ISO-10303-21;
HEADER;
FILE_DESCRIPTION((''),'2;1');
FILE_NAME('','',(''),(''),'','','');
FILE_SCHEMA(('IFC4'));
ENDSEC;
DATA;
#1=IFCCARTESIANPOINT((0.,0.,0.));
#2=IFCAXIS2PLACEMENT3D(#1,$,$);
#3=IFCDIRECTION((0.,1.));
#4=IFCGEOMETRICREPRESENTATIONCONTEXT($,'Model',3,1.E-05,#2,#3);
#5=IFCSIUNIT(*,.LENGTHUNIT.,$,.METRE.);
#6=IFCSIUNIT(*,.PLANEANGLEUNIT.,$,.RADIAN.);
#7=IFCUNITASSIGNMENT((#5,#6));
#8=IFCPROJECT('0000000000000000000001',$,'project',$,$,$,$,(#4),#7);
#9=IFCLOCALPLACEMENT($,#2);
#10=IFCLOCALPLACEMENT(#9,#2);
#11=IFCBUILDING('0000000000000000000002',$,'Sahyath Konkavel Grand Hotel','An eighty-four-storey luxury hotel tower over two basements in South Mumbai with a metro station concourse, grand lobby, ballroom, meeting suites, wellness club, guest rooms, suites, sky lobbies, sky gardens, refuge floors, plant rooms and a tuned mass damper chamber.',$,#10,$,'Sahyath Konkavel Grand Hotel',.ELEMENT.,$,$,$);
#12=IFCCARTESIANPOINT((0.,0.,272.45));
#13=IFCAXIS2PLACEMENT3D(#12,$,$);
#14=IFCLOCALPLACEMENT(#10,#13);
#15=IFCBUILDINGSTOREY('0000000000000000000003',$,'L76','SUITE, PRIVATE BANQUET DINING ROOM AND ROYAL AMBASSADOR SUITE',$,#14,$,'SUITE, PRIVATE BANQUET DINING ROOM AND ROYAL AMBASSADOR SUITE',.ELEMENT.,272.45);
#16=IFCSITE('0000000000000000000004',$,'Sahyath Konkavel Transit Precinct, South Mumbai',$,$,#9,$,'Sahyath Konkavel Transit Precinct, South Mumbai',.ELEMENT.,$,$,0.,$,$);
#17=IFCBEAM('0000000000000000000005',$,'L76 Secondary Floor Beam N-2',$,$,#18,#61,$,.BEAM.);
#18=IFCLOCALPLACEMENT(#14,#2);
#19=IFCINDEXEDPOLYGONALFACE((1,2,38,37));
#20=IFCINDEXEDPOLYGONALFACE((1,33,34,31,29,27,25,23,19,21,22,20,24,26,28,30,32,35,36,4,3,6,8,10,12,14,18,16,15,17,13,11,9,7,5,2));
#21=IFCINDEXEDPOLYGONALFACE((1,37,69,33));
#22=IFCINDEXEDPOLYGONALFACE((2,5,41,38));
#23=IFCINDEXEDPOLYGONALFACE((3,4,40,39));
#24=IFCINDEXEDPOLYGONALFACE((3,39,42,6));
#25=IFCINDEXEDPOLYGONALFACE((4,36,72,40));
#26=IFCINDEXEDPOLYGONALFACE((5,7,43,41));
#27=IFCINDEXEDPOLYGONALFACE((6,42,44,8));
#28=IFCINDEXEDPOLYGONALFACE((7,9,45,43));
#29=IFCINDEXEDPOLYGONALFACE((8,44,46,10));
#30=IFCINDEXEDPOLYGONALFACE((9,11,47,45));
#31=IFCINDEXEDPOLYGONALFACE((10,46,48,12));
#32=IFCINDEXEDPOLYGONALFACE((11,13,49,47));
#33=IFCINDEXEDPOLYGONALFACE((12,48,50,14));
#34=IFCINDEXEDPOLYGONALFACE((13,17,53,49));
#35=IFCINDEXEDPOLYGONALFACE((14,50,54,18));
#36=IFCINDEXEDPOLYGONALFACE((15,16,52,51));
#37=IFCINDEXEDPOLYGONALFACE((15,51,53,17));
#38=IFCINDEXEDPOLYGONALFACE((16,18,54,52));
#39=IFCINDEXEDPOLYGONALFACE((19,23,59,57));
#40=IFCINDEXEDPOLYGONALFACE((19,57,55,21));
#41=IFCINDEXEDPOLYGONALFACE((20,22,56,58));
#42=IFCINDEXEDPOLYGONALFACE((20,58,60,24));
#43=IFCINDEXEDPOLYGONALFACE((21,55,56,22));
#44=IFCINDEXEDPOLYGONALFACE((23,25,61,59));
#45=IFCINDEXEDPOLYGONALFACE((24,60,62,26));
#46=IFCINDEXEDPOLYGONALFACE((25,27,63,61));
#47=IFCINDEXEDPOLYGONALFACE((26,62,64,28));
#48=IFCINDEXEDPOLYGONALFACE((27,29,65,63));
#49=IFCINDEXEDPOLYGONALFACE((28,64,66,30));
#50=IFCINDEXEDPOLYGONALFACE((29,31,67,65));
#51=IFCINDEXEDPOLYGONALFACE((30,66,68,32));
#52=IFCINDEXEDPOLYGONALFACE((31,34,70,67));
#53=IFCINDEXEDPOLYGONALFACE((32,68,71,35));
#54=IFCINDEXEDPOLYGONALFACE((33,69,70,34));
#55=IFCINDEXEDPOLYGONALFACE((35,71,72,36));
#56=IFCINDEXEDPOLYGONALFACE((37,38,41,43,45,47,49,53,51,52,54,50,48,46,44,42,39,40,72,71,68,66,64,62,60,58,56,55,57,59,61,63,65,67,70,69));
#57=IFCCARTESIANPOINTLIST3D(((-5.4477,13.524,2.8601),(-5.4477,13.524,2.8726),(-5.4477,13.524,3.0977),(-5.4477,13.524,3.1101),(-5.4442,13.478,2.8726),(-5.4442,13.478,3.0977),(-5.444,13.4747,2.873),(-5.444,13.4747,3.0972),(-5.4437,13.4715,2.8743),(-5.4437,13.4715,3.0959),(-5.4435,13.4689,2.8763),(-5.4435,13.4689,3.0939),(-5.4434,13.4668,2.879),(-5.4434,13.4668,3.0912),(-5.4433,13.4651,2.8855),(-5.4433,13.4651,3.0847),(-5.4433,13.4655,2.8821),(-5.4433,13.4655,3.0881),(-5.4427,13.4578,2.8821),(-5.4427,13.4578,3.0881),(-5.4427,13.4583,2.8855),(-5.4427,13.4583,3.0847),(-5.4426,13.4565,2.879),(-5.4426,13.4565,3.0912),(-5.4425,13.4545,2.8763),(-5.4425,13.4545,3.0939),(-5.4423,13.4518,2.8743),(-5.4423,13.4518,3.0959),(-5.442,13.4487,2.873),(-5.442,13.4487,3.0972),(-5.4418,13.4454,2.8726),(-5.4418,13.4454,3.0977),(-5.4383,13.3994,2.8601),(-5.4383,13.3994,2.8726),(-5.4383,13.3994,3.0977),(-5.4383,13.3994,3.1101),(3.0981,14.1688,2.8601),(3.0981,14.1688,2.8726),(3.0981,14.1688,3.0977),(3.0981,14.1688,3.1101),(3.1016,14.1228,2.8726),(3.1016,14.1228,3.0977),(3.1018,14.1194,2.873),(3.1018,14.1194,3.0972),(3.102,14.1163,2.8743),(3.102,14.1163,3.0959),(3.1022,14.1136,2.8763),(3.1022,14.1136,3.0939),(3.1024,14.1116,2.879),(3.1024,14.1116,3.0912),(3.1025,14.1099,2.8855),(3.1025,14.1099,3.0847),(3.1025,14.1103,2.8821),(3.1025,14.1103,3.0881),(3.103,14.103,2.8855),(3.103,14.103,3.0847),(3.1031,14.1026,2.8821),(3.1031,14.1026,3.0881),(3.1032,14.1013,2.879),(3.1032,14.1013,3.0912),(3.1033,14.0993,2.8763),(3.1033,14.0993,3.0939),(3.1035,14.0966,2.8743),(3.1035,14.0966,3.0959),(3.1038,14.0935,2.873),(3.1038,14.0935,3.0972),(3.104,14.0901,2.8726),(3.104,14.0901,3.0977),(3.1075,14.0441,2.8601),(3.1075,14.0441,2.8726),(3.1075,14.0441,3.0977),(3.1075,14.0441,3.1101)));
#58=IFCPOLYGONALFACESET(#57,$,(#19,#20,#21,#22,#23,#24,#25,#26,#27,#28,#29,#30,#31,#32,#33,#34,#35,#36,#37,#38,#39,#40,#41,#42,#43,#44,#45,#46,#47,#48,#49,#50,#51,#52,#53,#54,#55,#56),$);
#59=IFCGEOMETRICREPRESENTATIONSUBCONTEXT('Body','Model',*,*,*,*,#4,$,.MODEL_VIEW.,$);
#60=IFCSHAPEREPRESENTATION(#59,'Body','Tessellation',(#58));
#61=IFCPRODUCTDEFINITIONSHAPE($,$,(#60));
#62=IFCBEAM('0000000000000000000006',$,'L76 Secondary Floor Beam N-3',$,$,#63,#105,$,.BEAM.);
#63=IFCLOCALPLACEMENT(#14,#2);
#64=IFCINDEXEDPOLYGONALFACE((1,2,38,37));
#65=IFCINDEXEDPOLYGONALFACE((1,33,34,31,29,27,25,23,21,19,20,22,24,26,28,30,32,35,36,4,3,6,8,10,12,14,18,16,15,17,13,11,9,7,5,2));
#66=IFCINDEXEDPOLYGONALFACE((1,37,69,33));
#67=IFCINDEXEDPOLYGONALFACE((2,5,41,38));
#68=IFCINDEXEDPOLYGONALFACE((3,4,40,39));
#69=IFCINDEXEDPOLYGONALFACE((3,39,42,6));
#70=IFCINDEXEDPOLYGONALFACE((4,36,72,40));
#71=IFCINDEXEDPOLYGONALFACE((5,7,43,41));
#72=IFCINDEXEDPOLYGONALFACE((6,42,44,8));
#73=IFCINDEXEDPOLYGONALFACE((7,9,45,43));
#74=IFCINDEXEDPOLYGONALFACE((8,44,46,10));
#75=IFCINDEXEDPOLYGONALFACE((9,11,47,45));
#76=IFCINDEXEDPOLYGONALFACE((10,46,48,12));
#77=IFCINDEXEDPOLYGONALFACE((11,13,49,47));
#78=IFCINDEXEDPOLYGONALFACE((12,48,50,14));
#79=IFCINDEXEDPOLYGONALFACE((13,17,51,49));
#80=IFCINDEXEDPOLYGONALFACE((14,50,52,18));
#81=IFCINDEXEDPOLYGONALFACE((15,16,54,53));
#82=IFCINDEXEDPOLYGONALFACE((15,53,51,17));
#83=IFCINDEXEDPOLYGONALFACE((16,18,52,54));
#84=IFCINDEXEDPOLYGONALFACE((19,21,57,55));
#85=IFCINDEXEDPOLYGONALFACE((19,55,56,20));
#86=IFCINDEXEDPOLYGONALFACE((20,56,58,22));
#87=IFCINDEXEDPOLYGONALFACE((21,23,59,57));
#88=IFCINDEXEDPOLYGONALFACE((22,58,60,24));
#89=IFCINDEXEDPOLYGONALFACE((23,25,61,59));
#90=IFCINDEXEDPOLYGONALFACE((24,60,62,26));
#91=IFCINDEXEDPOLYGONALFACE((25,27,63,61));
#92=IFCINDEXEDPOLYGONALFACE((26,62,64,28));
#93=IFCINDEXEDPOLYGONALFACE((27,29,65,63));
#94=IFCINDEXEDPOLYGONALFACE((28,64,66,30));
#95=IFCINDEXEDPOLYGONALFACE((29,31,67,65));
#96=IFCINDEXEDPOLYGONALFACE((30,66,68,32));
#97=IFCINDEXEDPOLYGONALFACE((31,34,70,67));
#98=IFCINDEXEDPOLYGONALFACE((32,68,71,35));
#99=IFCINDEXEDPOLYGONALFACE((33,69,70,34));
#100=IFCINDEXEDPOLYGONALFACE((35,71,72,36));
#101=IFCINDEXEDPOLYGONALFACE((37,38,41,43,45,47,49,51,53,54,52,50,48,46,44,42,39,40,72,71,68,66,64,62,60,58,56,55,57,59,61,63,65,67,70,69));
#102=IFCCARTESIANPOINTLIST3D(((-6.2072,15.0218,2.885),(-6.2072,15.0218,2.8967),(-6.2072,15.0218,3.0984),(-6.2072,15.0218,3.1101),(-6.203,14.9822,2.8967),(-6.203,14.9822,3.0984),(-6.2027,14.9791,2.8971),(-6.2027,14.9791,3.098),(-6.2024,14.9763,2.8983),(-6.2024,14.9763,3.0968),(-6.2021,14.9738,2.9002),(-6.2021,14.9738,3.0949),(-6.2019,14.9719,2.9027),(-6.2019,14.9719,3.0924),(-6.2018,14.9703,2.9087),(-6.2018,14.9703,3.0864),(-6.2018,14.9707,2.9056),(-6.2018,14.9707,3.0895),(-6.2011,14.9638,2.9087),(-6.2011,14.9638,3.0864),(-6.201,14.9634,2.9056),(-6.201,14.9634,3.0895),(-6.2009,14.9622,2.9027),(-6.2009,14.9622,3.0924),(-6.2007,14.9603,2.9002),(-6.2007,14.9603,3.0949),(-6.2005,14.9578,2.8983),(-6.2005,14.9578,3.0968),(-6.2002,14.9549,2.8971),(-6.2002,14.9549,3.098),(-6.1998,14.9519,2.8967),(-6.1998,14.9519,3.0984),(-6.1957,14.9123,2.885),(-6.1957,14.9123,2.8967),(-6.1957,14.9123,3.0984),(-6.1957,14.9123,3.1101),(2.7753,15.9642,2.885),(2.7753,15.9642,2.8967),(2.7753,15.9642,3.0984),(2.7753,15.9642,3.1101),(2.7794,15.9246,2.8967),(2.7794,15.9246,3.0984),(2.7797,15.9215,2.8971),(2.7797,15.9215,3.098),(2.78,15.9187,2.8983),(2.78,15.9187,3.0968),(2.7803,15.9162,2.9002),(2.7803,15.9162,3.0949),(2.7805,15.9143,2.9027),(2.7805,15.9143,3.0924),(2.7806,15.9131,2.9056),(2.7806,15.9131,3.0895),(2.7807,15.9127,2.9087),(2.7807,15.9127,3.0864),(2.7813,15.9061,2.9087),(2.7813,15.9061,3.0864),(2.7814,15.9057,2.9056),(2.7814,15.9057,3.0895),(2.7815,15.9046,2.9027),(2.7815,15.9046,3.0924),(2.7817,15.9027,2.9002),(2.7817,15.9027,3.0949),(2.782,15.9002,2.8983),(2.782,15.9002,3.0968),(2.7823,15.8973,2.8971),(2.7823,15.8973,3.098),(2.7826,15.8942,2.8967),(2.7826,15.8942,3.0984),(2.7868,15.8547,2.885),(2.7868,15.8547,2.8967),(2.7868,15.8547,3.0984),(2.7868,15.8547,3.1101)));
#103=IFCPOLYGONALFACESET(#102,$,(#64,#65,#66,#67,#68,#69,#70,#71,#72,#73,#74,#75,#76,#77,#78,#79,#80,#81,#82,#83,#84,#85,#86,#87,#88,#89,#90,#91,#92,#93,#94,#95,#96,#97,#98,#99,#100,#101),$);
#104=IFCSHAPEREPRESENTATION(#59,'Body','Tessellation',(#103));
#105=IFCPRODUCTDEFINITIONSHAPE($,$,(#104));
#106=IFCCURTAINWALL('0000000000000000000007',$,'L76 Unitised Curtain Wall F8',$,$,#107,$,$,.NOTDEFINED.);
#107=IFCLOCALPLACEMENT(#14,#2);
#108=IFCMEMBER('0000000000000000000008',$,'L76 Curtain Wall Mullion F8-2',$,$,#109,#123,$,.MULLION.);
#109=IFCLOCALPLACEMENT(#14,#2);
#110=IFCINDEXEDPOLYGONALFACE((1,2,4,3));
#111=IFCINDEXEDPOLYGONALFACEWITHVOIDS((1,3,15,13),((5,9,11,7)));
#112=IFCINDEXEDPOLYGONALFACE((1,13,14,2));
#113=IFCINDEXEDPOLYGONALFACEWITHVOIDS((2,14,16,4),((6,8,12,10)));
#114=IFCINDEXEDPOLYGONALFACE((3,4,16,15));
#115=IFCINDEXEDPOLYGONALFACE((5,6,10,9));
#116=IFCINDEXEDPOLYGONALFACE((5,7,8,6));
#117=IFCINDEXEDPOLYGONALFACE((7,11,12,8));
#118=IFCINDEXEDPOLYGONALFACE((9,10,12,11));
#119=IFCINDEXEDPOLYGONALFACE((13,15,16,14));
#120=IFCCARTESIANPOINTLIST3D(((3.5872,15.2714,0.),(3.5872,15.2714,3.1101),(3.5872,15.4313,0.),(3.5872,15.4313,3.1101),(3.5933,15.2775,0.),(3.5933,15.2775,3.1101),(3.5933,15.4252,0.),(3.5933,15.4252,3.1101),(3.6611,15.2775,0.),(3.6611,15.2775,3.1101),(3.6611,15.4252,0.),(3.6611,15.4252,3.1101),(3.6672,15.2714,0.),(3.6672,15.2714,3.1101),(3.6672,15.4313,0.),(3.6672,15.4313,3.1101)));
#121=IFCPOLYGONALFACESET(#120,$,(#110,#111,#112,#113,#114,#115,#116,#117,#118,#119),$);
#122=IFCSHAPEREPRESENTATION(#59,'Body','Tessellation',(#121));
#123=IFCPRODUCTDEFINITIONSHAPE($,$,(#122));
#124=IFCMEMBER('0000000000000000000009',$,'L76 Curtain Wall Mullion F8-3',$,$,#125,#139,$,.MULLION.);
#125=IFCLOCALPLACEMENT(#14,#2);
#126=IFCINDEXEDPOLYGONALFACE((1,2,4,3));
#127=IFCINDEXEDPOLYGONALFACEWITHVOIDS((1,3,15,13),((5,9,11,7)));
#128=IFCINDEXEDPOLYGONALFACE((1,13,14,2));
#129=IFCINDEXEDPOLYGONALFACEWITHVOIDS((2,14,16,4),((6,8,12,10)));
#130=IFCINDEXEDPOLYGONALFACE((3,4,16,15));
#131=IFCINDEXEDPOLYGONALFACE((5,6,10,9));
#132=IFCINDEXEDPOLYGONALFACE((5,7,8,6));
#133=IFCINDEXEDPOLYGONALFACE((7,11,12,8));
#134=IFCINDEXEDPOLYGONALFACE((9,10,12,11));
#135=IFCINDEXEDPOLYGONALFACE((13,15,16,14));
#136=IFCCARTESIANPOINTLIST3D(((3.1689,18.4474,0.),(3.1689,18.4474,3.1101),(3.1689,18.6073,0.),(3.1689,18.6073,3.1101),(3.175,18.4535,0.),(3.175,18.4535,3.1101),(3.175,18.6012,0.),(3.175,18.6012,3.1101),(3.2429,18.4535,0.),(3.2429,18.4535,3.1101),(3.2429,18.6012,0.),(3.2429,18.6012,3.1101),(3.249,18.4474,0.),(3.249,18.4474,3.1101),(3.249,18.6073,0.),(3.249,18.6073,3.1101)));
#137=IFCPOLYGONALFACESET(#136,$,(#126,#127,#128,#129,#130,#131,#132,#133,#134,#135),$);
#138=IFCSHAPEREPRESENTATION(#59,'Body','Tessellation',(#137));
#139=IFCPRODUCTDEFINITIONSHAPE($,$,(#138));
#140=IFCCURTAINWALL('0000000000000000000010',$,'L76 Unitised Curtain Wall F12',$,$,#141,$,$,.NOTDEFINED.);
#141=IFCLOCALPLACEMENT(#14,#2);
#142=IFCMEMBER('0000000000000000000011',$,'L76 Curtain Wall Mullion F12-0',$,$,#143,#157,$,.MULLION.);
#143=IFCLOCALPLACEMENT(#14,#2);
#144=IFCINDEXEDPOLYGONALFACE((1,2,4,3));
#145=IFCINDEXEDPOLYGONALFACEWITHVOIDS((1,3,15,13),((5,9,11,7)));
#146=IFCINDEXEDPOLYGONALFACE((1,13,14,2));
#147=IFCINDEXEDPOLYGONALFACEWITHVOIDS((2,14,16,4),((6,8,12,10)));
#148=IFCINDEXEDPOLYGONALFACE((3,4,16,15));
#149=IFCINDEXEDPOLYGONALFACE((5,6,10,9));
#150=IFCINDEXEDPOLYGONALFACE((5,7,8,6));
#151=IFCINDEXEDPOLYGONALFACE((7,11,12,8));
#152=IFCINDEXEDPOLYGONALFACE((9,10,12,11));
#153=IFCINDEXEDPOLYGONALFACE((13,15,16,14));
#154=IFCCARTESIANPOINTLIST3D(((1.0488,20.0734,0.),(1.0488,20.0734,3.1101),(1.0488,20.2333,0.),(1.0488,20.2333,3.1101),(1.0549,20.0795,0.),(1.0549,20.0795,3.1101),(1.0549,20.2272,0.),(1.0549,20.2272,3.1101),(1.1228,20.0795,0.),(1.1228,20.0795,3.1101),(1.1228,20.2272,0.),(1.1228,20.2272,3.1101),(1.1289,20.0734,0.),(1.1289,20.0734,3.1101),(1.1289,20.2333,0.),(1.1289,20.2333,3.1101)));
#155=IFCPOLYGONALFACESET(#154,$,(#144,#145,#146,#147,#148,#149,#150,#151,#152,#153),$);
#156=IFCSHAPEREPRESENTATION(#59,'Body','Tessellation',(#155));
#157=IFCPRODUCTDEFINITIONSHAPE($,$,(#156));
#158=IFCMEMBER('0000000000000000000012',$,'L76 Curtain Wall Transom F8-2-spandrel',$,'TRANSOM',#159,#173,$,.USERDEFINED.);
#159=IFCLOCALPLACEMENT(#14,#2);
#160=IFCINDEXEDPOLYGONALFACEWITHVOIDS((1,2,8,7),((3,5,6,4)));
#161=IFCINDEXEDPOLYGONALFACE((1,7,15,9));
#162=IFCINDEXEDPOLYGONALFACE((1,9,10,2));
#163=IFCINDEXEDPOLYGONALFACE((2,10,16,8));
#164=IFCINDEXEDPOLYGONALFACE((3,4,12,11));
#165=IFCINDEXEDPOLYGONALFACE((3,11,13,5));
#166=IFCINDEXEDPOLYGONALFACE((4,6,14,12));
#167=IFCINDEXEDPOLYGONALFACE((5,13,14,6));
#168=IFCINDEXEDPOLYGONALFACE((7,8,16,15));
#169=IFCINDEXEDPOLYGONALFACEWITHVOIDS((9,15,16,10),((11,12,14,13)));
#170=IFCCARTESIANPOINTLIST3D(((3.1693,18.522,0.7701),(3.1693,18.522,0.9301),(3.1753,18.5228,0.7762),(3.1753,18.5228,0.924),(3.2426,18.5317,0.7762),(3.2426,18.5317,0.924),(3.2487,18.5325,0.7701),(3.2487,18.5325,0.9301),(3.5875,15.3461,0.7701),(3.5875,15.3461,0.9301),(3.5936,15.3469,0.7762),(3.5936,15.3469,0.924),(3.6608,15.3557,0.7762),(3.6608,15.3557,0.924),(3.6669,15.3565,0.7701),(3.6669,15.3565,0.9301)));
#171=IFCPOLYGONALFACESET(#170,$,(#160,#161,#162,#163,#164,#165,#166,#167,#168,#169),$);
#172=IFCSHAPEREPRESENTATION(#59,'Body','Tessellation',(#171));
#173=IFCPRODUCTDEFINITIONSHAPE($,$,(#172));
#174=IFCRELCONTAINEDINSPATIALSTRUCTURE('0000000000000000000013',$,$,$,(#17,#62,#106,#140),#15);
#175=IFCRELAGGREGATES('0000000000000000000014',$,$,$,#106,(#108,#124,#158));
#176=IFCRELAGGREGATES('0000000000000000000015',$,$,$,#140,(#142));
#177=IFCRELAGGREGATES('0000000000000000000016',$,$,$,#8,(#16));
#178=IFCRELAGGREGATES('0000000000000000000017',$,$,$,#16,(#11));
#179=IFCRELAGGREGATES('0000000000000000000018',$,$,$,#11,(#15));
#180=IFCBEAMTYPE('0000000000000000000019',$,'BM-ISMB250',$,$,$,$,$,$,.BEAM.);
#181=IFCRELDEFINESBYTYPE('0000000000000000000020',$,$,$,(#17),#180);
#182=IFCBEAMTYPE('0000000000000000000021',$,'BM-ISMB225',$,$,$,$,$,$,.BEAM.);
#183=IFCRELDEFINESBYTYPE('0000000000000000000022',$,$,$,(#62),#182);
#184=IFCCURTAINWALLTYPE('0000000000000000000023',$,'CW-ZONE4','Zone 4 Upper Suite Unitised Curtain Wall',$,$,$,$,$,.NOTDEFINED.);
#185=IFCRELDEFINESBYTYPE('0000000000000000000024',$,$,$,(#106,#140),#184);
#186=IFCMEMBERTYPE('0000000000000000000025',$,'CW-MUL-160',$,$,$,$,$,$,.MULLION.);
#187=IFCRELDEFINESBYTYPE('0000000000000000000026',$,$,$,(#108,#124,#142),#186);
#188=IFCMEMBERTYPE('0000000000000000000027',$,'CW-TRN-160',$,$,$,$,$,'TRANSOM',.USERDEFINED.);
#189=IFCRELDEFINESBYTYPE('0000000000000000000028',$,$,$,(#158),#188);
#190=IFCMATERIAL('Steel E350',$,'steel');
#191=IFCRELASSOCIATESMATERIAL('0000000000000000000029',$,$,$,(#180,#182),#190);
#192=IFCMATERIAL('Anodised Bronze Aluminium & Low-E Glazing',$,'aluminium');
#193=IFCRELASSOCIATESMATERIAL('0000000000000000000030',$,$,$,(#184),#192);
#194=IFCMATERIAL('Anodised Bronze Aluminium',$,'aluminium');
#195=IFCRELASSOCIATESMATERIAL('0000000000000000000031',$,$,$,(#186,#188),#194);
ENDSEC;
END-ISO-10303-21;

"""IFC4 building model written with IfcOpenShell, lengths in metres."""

from ifc_helpers import new_model, si_unit, direction, frame, origin, origin_2d, place, context, subcontext, project, spatial, hollow_rectangle, i_section, extrude, source, transform, mapped, material, material_profile, profile_set, type_object, element, aggregate, save


model = new_model("IFC4")

# Units and contexts
model_context = context("Model", 3, precision=1e-05, world=origin(), true_north=direction((0.0, 1.0)))
body_context = subcontext(model_context, "Body", "Model", "MODEL_VIEW")
ifc_project = project(units=[si_unit("LENGTHUNIT", "METRE"), si_unit("PLANEANGLEUNIT", "RADIAN")], contexts=[model_context])

# Site, building, storey
site_placement = place(None, origin())
site = spatial("IfcSite", under=ifc_project, at=site_placement, Name="Sahyath Konkavel Transit Precinct, South Mumbai", LongName="Sahyath Konkavel Transit Precinct, South Mumbai", CompositionType="ELEMENT", RefElevation=0.0)
building_placement = place(site_placement, origin())
building = spatial("IfcBuilding", under=site, at=building_placement, Name="Sahyath Konkavel Grand Hotel", Description="An eighty-four-storey luxury hotel tower over two basements in South Mumbai with a metro station concourse, grand lobby, ballroom, meeting suites, wellness club, guest rooms, suites, sky lobbies, sky gardens, refuge floors, plant rooms and a tuned mass damper chamber.", LongName="Sahyath Konkavel Grand Hotel", CompositionType="ELEMENT")
storey_placement = place(building_placement, frame((0.0, 0.0, 272.45)))
storey = spatial("IfcBuildingStorey", under=building, at=storey_placement, Name="L76", Description="SUITE, PRIVATE BANQUET DINING ROOM AND ROYAL AMBASSADOR SUITE", LongName="SUITE, PRIVATE BANQUET DINING ROOM AND ROYAL AMBASSADOR SUITE", CompositionType="ELEMENT", Elevation=272.45)

# Beams
ifc_material_1 = material(Name="Steel E350", Category="steel")
ifc_material_profile_1 = material_profile(ifc_material_1, i_section(OverallWidth=0.125, OverallDepth=0.25, WebThickness=0.0068, FlangeThickness=0.0125, FilletRadius=0.0129, at=origin_2d()), Name="ISMB 250")
ifc_profile_set_1 = profile_set([ifc_material_profile_1], Name="Steel E350")
beam_type_1 = type_object("IfcBeamType", Name="BM-ISMB250", PredefinedType="BEAM", material=ifc_profile_set_1)
shared_shape_1 = source(origin(), body_context, "Body", "SweptSolid", [
    extrude(i_section(OverallWidth=0.125, OverallDepth=0.25, WebThickness=0.0068, FlangeThickness=0.0125, FilletRadius=0.0129, at=origin_2d()), origin(), (0.0, 0.0, 1.0), 8.5701),
])
beam_1_placement = place(storey_placement, frame((3.1028, 14.1064, 2.9851), z_axis=(-0.997166, -0.075235, 0.0), x_axis=(0.075235, -0.997166, 0.0)))
element("IfcBeam", 1, at=beam_1_placement, inside=storey, type_object=beam_type_1, Name="L76 Secondary Floor Beam N-2", PredefinedType="BEAM", context=body_context, shape_type="MappedRepresentation", body=[
    mapped(shared_shape_1, transform((0.0, 0.0, 0.0), scale=1.0)),
])
ifc_material_profile_2 = material_profile(ifc_material_1, i_section(OverallWidth=0.1101, OverallDepth=0.2251, WebThickness=0.0066, FlangeThickness=0.0117, FilletRadius=0.012, at=origin_2d()), Name="ISMB 225")
ifc_profile_set_2 = profile_set([ifc_material_profile_2], Name="Steel E350")
beam_type_2 = type_object("IfcBeamType", Name="BM-ISMB225", PredefinedType="BEAM", material=ifc_profile_set_2)
shared_shape_2 = source(origin(), body_context, "Body", "SweptSolid", [
    extrude(i_section(OverallWidth=0.1101, OverallDepth=0.2251, WebThickness=0.0066, FlangeThickness=0.0117, FilletRadius=0.012, at=origin_2d()), origin(), (0.0, 0.0, 1.0), 9.0317),
])
beam_2_placement = place(storey_placement, frame((2.781, 15.9094, 2.9976), z_axis=(-0.994542, -0.104341, 0.0), x_axis=(0.104341, -0.994542, 0.0)))
element("IfcBeam", 2, at=beam_2_placement, inside=storey, type_object=beam_type_2, Name="L76 Secondary Floor Beam N-3", PredefinedType="BEAM", context=body_context, shape_type="MappedRepresentation", body=[
    mapped(shared_shape_2, transform((0.0, 0.0, 0.0), scale=1.0)),
])

# Curtain wall, members
ifc_material_2 = material(Name="Anodised Bronze Aluminium & Low-E Glazing", Category="aluminium")
curtain_wall_type = type_object("IfcCurtainWallType", Name="CW-ZONE4", Description="Zone 4 Upper Suite Unitised Curtain Wall", PredefinedType="NOTDEFINED", material=ifc_material_2)
curtain_wall_1_placement = place(storey_placement, origin())
curtain_wall_1 = element("IfcCurtainWall", 3, at=curtain_wall_1_placement, inside=storey, type_object=curtain_wall_type, Name="L76 Unitised Curtain Wall F8", PredefinedType="NOTDEFINED")
ifc_material_3 = material(Name="Anodised Bronze Aluminium", Category="aluminium")
ifc_material_profile_3 = material_profile(ifc_material_3, hollow_rectangle(XDim=0.0801, YDim=0.1599, WallThickness=0.0061, at=origin_2d()), Name="RHS 160x80x6")
ifc_profile_set_3 = profile_set([ifc_material_profile_3], Name="Anodised Bronze Aluminium")
member_type_1 = type_object("IfcMemberType", Name="CW-MUL-160", PredefinedType="MULLION", material=ifc_profile_set_3)
shared_shape_3 = source(origin(), body_context, "Body", "SweptSolid", [
    extrude(hollow_rectangle(XDim=0.0801, YDim=0.1599, WallThickness=0.0061, at=origin_2d()), origin(), (0.0, 0.0, 1.0), 3.1101),
])
member_1_placement = place(storey_placement, frame((3.6272, 15.3513, 0.0), z_axis=(0.0, 0.0, 1.0), x_axis=(1.0, 0.0, 0.0)))
member_1 = element("IfcMember", 4, at=member_1_placement, type_object=member_type_1, Name="L76 Curtain Wall Mullion F8-2", PredefinedType="MULLION", context=body_context, shape_type="MappedRepresentation", body=[
    mapped(shared_shape_3, transform((0.0, 0.0, 0.0), scale=1.0)),
])
member_2_placement = place(storey_placement, frame((3.209, 18.5273, 0.0), z_axis=(0.0, 0.0, 1.0), x_axis=(1.0, 0.0, 0.0)))
member_2 = element("IfcMember", 5, at=member_2_placement, type_object=member_type_1, Name="L76 Curtain Wall Mullion F8-3", PredefinedType="MULLION", context=body_context, shape_type="MappedRepresentation", body=[
    mapped(shared_shape_3, transform((0.0, 0.0, 0.0), scale=1.0)),
])

# Curtain wall, member
curtain_wall_2_placement = place(storey_placement, origin())
curtain_wall_2 = element("IfcCurtainWall", 6, at=curtain_wall_2_placement, inside=storey, type_object=curtain_wall_type, Name="L76 Unitised Curtain Wall F12", PredefinedType="NOTDEFINED")
member_3_placement = place(storey_placement, frame((1.0889, 20.1533, 0.0), z_axis=(0.0, 0.0, 1.0), x_axis=(1.0, 0.0, 0.0)))
member_3 = element("IfcMember", 7, at=member_3_placement, type_object=member_type_1, Name="L76 Curtain Wall Mullion F12-0", PredefinedType="MULLION", context=body_context, shape_type="MappedRepresentation", body=[
    mapped(shared_shape_3, transform((0.0, 0.0, 0.0), scale=1.0)),
])

# Member
ifc_material_profile_4 = material_profile(ifc_material_3, hollow_rectangle(XDim=0.0801, YDim=0.1599, WallThickness=0.0061, at=origin_2d()), Name="RHS 160x80x6")
ifc_profile_set_4 = profile_set([ifc_material_profile_4], Name="Anodised Bronze Aluminium")
member_type_2 = type_object("IfcMemberType", Name="CW-TRN-160", ElementType="TRANSOM", PredefinedType="USERDEFINED", material=ifc_profile_set_4)
shared_shape_4 = source(origin(), body_context, "Body", "SweptSolid", [
    extrude(hollow_rectangle(XDim=0.0801, YDim=0.1599, WallThickness=0.0061, at=origin_2d()), origin(), (0.0, 0.0, 1.0), 3.2034),
])
member_4_placement = place(storey_placement, frame((3.6272, 15.3513, 0.8501), z_axis=(-0.130551, 0.991442, 0.0), x_axis=(-0.991442, -0.130551, 0.0)))
member_4 = element("IfcMember", 8, at=member_4_placement, type_object=member_type_2, Name="L76 Curtain Wall Transom F8-2-spandrel", ObjectType="TRANSOM", PredefinedType="USERDEFINED", context=body_context, shape_type="MappedRepresentation", body=[
    mapped(shared_shape_4, transform((0.0, 0.0, 0.0), scale=1.0)),
])

aggregate(curtain_wall_1, [member_1, member_2, member_4])
aggregate(curtain_wall_2, [member_3])

save(model, "model.ifc")
